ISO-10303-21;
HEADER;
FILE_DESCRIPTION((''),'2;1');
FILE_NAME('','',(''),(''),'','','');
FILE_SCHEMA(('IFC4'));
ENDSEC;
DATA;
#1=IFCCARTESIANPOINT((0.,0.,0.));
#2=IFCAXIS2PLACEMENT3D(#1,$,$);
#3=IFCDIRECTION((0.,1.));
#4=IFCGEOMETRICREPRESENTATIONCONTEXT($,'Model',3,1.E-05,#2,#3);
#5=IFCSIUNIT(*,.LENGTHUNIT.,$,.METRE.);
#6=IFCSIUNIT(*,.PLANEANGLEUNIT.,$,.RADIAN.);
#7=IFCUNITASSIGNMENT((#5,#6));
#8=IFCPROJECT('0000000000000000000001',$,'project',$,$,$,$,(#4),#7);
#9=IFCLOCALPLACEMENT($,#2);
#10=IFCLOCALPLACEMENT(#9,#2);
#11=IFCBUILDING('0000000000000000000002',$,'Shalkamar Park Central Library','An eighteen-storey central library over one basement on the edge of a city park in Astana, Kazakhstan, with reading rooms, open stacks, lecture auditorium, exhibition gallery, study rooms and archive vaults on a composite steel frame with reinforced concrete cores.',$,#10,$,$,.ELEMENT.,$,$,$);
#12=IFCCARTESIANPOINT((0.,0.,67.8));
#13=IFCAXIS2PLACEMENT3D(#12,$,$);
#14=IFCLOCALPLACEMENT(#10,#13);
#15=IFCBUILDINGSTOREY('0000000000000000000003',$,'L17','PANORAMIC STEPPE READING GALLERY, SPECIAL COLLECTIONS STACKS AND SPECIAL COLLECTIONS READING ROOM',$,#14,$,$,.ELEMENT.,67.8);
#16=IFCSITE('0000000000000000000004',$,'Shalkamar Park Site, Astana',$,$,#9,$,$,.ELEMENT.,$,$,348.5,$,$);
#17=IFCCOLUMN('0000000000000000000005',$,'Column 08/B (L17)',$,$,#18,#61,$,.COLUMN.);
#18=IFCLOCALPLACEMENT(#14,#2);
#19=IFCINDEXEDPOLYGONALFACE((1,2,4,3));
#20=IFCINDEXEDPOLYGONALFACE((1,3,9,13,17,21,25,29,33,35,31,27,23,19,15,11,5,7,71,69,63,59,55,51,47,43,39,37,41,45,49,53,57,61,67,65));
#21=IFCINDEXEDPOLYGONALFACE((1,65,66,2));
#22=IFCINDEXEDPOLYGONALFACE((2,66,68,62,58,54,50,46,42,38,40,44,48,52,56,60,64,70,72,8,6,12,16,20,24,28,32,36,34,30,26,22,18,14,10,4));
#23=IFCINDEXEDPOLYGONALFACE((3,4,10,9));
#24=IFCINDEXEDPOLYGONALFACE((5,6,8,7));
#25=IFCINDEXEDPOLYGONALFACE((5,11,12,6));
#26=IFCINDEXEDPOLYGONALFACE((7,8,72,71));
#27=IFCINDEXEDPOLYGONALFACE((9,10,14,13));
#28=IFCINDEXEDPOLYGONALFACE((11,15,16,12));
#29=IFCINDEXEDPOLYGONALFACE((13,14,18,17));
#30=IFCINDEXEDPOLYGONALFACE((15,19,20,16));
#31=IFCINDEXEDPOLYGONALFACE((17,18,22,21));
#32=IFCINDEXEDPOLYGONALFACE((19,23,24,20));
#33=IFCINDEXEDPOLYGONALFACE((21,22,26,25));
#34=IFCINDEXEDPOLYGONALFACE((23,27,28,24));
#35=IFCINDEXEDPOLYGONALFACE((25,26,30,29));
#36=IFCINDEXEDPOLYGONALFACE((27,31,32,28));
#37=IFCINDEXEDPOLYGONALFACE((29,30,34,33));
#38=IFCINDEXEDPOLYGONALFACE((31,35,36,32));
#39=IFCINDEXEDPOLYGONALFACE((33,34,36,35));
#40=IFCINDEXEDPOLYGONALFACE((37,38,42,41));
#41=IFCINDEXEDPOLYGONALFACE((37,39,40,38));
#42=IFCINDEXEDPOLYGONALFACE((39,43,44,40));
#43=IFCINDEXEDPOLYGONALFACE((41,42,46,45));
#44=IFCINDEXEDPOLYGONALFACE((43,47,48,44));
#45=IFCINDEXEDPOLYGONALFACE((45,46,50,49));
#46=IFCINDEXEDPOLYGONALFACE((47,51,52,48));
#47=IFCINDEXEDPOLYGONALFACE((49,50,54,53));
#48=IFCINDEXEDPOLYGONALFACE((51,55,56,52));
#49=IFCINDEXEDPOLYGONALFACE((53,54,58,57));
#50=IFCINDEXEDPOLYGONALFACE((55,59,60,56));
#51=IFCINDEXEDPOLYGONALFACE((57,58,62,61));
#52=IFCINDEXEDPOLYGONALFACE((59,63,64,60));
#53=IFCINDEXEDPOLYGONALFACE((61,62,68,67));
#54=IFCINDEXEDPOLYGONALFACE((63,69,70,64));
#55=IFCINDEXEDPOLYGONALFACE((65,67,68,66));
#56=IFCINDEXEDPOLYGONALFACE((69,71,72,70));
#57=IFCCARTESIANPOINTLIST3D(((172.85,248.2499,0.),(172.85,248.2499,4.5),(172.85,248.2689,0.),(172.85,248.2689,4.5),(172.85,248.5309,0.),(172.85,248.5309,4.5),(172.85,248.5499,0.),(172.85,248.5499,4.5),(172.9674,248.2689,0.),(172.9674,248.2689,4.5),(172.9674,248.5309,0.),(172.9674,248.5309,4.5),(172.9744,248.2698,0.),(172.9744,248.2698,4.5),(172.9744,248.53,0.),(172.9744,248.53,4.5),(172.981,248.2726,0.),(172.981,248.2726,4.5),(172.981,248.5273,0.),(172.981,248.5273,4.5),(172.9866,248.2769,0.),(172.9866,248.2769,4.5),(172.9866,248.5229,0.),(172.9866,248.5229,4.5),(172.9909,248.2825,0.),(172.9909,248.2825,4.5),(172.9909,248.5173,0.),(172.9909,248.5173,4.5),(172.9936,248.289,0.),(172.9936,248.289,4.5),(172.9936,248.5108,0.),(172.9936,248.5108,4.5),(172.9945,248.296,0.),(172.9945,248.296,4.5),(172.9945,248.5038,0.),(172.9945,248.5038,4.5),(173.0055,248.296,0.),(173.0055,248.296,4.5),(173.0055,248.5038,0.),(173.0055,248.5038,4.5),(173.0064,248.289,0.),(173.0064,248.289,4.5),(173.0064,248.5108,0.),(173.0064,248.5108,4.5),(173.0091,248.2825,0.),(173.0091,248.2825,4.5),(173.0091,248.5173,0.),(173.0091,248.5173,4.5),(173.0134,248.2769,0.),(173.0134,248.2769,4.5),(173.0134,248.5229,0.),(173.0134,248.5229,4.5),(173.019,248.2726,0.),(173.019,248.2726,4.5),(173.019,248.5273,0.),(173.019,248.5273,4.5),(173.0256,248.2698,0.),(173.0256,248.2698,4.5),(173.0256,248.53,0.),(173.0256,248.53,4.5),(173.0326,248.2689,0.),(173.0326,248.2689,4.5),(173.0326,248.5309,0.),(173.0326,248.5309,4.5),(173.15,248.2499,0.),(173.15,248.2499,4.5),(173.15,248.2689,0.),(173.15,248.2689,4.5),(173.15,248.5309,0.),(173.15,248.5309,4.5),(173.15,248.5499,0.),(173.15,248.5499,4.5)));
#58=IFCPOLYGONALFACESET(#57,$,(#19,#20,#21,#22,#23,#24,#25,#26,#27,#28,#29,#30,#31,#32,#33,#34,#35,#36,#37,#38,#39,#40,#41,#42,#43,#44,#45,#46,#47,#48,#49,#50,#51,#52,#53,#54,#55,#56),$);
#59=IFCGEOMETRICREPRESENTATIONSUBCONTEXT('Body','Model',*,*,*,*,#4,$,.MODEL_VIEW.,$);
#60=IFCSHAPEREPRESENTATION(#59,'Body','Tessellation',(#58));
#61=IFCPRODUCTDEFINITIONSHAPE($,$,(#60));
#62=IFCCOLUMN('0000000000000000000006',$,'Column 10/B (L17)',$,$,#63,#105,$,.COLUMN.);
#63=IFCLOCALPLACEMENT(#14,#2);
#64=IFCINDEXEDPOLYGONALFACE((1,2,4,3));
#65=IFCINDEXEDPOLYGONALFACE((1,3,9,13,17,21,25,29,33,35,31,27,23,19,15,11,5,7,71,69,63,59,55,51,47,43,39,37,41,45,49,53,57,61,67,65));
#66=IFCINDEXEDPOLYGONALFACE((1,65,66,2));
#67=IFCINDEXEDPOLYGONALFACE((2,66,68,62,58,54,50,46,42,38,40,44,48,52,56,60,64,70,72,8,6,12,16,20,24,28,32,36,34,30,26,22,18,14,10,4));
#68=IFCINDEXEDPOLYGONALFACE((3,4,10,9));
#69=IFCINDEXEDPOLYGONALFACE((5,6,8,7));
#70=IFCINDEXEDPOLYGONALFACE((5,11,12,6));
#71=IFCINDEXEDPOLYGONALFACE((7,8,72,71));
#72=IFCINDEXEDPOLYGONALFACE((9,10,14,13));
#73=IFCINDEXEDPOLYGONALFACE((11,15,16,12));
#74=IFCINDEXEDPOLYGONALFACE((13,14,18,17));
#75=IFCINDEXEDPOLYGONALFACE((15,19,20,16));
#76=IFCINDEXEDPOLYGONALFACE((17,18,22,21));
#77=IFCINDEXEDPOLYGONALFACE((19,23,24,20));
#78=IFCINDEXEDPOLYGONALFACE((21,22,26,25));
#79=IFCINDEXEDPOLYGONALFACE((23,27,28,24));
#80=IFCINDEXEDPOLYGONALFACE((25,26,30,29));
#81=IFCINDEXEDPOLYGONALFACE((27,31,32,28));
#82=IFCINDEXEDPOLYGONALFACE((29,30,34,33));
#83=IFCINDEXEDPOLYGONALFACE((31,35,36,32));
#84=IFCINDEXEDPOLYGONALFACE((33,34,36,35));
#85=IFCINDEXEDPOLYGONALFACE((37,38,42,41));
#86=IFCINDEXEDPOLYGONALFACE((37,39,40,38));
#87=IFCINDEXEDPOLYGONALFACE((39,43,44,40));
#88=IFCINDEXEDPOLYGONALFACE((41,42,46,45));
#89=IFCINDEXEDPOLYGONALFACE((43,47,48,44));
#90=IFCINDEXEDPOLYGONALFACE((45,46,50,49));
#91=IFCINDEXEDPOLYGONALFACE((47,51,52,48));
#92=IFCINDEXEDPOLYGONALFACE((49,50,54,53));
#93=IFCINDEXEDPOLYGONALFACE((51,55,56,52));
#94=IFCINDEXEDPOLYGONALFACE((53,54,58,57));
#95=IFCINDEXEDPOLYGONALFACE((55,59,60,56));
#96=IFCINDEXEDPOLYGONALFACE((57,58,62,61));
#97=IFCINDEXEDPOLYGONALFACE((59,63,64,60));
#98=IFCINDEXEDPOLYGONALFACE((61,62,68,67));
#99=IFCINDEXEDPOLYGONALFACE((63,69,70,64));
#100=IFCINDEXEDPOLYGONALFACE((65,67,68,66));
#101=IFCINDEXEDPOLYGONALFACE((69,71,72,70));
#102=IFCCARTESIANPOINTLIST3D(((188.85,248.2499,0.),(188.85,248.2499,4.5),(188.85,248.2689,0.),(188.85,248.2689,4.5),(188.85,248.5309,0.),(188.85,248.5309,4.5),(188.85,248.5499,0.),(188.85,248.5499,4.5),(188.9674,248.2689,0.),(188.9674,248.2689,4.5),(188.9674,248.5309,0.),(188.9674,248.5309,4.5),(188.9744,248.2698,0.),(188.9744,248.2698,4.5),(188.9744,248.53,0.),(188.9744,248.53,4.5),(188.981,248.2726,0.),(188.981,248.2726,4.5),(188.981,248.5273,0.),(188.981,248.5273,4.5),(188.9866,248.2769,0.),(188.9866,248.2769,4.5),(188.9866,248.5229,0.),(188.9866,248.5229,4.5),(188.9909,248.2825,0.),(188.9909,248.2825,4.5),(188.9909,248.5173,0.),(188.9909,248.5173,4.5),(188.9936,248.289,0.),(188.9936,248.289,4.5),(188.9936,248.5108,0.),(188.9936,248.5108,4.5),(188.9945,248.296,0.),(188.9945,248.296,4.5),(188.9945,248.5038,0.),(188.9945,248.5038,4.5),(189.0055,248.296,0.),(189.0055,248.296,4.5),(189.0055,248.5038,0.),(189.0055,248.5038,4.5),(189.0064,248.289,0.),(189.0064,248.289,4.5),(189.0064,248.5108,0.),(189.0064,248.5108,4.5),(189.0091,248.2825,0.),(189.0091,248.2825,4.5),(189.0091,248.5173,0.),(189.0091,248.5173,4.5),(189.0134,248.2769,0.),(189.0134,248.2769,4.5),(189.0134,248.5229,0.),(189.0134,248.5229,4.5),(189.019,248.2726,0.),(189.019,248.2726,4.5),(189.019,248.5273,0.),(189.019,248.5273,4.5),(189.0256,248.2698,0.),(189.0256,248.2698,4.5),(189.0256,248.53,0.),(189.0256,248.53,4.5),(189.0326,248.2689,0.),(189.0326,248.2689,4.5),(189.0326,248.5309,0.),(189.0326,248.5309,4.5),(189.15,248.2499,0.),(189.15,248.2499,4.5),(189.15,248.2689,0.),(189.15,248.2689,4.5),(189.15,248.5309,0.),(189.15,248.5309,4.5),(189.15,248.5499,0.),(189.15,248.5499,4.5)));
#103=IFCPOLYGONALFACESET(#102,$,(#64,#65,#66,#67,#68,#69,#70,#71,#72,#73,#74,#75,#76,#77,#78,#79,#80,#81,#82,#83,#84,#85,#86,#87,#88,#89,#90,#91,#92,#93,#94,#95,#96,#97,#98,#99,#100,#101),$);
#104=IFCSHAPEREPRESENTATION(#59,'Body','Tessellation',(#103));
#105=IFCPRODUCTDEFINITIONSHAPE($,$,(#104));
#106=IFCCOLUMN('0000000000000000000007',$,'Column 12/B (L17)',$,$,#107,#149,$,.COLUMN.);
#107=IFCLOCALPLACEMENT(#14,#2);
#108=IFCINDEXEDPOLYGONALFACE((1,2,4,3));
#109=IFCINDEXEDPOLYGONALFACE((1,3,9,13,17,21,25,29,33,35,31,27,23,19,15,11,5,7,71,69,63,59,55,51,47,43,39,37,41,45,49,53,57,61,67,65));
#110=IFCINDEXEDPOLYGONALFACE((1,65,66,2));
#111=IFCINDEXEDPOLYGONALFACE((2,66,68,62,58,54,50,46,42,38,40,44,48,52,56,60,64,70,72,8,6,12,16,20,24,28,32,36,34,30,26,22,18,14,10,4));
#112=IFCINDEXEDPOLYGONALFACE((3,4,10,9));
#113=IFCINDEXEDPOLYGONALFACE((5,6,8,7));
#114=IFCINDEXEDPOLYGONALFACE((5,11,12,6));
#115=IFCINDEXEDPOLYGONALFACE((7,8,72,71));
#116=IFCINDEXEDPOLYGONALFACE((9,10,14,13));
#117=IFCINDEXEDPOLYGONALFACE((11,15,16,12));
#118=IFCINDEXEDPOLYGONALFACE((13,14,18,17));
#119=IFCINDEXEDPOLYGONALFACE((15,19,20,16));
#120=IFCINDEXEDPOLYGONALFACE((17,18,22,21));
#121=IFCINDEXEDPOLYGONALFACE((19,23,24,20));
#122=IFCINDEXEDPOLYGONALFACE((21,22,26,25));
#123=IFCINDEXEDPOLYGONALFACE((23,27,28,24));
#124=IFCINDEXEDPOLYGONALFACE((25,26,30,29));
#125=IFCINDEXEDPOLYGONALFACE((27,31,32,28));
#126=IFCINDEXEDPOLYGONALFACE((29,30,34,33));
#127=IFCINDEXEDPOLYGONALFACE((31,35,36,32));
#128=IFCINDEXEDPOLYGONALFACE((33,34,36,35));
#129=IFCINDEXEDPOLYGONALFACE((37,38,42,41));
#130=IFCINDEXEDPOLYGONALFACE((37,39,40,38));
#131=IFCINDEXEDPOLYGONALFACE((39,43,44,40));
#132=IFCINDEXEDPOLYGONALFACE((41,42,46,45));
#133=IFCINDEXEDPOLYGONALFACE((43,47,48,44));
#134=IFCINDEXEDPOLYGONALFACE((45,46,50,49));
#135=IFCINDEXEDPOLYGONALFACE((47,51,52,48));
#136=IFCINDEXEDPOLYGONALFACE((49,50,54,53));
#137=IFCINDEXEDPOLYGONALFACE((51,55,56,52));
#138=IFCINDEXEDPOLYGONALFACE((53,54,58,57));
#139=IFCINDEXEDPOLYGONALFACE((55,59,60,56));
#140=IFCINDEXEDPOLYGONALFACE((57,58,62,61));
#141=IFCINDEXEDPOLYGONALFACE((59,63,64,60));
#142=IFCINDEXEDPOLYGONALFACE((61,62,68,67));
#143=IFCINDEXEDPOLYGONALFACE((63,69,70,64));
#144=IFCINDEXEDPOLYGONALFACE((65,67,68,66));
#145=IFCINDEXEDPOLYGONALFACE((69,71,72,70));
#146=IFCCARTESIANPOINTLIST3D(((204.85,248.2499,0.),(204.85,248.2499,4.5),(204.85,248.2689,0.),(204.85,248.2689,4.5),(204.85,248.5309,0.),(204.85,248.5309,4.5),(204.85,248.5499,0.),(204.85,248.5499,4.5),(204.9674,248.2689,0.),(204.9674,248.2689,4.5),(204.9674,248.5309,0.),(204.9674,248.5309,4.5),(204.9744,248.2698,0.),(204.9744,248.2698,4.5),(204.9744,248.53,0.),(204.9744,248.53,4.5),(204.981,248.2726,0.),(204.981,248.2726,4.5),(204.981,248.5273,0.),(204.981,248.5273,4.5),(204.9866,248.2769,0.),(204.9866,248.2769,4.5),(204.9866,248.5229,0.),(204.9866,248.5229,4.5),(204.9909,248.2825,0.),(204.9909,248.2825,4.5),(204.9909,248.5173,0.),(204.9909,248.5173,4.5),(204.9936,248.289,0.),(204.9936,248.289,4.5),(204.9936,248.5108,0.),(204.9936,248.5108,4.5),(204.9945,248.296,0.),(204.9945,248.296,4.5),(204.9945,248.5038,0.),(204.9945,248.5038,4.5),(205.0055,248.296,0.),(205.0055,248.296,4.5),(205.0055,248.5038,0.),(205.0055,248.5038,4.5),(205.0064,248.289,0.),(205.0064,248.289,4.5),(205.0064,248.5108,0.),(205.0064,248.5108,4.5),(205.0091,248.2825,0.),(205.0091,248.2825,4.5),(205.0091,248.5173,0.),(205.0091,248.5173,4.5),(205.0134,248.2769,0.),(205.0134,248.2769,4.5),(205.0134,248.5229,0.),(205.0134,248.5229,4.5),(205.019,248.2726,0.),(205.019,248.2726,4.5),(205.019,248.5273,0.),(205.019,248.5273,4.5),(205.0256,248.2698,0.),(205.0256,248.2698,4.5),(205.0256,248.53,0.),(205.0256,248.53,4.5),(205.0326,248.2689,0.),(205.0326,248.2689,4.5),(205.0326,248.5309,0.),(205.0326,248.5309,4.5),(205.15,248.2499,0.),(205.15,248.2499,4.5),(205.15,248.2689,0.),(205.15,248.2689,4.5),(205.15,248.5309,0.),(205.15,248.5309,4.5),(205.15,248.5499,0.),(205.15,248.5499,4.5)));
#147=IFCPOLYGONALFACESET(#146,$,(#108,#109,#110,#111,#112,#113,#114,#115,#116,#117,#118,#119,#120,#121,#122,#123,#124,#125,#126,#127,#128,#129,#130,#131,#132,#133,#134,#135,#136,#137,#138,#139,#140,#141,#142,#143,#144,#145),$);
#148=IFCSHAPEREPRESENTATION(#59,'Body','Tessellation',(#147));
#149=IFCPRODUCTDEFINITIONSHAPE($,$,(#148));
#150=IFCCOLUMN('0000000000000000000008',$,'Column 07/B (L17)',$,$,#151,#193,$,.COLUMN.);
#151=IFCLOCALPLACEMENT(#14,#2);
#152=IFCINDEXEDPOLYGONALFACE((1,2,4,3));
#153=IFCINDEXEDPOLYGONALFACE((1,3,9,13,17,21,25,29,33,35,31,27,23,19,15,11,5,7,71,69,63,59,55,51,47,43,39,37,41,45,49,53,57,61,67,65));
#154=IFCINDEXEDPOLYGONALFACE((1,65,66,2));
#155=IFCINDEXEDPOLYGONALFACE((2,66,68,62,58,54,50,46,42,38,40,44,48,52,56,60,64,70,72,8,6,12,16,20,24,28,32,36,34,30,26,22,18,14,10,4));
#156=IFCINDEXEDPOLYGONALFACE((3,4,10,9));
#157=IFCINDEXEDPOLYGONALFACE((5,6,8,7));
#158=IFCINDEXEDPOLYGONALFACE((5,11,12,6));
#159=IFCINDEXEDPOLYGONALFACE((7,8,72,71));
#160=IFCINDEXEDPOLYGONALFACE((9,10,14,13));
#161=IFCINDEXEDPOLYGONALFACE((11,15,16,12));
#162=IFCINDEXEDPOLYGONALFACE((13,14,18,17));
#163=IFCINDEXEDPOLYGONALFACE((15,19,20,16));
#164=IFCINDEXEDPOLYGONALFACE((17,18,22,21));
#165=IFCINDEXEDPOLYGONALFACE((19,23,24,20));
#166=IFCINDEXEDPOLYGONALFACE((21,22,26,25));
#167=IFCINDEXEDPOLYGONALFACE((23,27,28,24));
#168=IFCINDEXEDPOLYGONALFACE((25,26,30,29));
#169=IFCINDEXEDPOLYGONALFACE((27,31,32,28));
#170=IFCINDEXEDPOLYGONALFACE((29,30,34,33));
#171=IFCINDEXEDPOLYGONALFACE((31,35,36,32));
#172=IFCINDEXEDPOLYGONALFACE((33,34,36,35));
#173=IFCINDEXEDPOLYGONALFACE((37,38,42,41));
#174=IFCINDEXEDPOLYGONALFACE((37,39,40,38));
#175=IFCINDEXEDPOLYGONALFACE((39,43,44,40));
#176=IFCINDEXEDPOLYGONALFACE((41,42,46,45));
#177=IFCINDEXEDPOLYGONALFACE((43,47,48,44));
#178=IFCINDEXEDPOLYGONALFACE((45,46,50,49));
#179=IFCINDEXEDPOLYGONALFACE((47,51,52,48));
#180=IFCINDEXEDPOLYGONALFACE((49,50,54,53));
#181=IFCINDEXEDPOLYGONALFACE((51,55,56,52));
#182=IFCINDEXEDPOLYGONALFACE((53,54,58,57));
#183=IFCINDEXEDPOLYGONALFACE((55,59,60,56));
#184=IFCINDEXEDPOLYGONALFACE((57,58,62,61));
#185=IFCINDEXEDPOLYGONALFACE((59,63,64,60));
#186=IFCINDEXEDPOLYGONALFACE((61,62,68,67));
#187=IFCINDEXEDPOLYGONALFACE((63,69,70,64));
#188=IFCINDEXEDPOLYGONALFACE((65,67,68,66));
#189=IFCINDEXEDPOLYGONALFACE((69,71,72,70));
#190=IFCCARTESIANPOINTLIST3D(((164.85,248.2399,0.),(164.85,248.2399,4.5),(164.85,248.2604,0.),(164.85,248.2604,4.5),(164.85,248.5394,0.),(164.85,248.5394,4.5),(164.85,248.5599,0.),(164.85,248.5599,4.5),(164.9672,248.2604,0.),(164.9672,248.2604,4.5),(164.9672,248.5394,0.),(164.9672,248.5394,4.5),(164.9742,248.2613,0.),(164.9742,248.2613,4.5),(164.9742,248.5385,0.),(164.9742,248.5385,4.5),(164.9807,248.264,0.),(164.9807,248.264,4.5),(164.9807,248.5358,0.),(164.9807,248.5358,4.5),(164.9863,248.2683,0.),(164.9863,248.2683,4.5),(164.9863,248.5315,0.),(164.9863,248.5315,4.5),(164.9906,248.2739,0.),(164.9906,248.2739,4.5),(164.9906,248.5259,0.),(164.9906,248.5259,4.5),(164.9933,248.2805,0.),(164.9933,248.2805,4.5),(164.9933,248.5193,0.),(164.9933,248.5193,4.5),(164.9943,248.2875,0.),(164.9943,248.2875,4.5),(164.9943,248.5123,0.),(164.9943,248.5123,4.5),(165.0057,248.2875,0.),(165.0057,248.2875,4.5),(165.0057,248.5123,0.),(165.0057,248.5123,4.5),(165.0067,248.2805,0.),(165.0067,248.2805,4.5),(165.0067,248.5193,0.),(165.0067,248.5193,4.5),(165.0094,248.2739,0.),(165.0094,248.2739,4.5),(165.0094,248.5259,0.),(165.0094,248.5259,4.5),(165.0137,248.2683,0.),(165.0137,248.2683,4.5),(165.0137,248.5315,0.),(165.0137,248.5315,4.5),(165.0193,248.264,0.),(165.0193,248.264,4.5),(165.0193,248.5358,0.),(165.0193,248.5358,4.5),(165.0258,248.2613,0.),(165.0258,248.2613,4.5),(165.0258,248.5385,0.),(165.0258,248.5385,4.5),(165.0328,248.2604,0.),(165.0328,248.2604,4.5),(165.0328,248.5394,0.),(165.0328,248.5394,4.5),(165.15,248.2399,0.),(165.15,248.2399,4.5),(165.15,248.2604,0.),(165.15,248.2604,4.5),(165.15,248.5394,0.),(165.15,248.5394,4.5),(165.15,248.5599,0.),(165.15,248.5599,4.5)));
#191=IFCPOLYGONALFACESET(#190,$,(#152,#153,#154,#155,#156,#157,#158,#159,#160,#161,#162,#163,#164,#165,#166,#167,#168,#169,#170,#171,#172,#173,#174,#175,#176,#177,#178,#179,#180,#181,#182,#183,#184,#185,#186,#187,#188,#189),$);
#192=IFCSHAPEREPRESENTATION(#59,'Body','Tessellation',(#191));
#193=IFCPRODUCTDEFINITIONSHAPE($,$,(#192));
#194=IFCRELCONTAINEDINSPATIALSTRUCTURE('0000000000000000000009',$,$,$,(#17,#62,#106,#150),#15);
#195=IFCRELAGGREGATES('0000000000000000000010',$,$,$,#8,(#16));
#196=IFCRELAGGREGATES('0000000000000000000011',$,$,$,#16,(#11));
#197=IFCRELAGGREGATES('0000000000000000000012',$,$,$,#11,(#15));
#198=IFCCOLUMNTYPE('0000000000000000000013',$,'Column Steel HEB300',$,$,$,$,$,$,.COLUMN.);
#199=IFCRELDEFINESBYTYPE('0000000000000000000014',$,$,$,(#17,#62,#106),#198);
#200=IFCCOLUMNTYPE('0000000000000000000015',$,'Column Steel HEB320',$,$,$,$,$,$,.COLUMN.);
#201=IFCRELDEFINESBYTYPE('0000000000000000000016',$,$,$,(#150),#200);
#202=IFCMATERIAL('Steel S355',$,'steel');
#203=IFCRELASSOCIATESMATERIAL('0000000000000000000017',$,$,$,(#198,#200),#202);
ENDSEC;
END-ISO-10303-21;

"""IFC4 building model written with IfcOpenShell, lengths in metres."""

from ifc_helpers import new_model, si_unit, direction, frame, origin, origin_2d, place, context, subcontext, project, spatial, i_section, extrude, material, material_profile, profile_set, type_object, element, save


model = new_model("IFC4")

# Units and contexts
model_context = context("Model", 3, precision=1e-05, world=origin(), true_north=direction((0.0, 1.0)))
body_context = subcontext(model_context, "Body", "Model", "MODEL_VIEW")
ifc_project = project(units=[si_unit("LENGTHUNIT", "METRE"), si_unit("PLANEANGLEUNIT", "RADIAN")], contexts=[model_context])

# Site, building, storey
site_placement = place(None, origin())
site = spatial("IfcSite", under=ifc_project, at=site_placement, Name="Shalkamar Park Site, Astana", CompositionType="ELEMENT", RefElevation=348.5)
building_placement = place(site_placement, origin())
building = spatial("IfcBuilding", under=site, at=building_placement, Name="Shalkamar Park Central Library", Description="An eighteen-storey central library over one basement on the edge of a city park in Astana, Kazakhstan, with reading rooms, open stacks, lecture auditorium, exhibition gallery, study rooms and archive vaults on a composite steel frame with reinforced concrete cores.", CompositionType="ELEMENT")
storey_placement = place(building_placement, frame((0.0, 0.0, 67.8)))
storey = spatial("IfcBuildingStorey", under=building, at=storey_placement, Name="L17", Description="PANORAMIC STEPPE READING GALLERY, SPECIAL COLLECTIONS STACKS AND SPECIAL COLLECTIONS READING ROOM", CompositionType="ELEMENT", Elevation=67.8)

# Columns
ifc_material_1 = material(Name="Steel S355", Category="steel")
ifc_material_profile_1 = material_profile(ifc_material_1, i_section(OverallWidth=0.3, OverallDepth=0.3, WebThickness=0.011, FlangeThickness=0.019, FilletRadius=0.0271, at=origin_2d()), Name="HEB 300")
ifc_profile_set_1 = profile_set([ifc_material_profile_1], Name="Steel S355")
column_type_1 = type_object("IfcColumnType", Name="Column Steel HEB300", PredefinedType="COLUMN", material=ifc_profile_set_1)
for number, where, z_axis, x_axis, name in (
    (1, (173.0, 248.3999, 0.0), (0.0, 0.0, 1.0), (1.0, 0.0, 0.0), "Column 08/B (L17)"),
    (2, (189.0, 248.3999, 0.0), (0.0, 0.0, 1.0), (1.0, 0.0, 0.0), "Column 10/B (L17)"),
    (3, (205.0, 248.3999, 0.0), (0.0, 0.0, 1.0), (1.0, 0.0, 0.0), "Column 12/B (L17)"),
):
    element("IfcColumn", number, at=place(storey_placement, frame(where, z_axis=z_axis, x_axis=x_axis)), inside=storey, type_object=column_type_1, Name=name, PredefinedType="COLUMN", context=body_context, shape_type="SweptSolid", body=[
        extrude(i_section(OverallWidth=0.3, OverallDepth=0.3, WebThickness=0.011, FlangeThickness=0.019, FilletRadius=0.0271, at=origin_2d()), origin(), (0.0, 0.0, 1.0), 4.5),
    ])
ifc_material_profile_2 = material_profile(ifc_material_1, i_section(OverallWidth=0.3, OverallDepth=0.3201, WebThickness=0.0115, FlangeThickness=0.0205, FilletRadius=0.0271, at=origin_2d()), Name="HEB 320")
ifc_profile_set_2 = profile_set([ifc_material_profile_2], Name="Steel S355")
column_type_2 = type_object("IfcColumnType", Name="Column Steel HEB320", PredefinedType="COLUMN", material=ifc_profile_set_2)
for number, where, z_axis, x_axis, name in (
    (4, (165.0, 248.3999, 0.0), (0.0, 0.0, 1.0), (1.0, 0.0, 0.0), "Column 07/B (L17)"),
):
    element("IfcColumn", number, at=place(storey_placement, frame(where, z_axis=z_axis, x_axis=x_axis)), inside=storey, type_object=column_type_2, Name=name, PredefinedType="COLUMN", context=body_context, shape_type="SweptSolid", body=[
        extrude(i_section(OverallWidth=0.3, OverallDepth=0.3201, WebThickness=0.0115, FlangeThickness=0.0205, FilletRadius=0.0271, at=origin_2d()), origin(), (0.0, 0.0, 1.0), 4.5),
    ])

save(model, "model.ifc")
